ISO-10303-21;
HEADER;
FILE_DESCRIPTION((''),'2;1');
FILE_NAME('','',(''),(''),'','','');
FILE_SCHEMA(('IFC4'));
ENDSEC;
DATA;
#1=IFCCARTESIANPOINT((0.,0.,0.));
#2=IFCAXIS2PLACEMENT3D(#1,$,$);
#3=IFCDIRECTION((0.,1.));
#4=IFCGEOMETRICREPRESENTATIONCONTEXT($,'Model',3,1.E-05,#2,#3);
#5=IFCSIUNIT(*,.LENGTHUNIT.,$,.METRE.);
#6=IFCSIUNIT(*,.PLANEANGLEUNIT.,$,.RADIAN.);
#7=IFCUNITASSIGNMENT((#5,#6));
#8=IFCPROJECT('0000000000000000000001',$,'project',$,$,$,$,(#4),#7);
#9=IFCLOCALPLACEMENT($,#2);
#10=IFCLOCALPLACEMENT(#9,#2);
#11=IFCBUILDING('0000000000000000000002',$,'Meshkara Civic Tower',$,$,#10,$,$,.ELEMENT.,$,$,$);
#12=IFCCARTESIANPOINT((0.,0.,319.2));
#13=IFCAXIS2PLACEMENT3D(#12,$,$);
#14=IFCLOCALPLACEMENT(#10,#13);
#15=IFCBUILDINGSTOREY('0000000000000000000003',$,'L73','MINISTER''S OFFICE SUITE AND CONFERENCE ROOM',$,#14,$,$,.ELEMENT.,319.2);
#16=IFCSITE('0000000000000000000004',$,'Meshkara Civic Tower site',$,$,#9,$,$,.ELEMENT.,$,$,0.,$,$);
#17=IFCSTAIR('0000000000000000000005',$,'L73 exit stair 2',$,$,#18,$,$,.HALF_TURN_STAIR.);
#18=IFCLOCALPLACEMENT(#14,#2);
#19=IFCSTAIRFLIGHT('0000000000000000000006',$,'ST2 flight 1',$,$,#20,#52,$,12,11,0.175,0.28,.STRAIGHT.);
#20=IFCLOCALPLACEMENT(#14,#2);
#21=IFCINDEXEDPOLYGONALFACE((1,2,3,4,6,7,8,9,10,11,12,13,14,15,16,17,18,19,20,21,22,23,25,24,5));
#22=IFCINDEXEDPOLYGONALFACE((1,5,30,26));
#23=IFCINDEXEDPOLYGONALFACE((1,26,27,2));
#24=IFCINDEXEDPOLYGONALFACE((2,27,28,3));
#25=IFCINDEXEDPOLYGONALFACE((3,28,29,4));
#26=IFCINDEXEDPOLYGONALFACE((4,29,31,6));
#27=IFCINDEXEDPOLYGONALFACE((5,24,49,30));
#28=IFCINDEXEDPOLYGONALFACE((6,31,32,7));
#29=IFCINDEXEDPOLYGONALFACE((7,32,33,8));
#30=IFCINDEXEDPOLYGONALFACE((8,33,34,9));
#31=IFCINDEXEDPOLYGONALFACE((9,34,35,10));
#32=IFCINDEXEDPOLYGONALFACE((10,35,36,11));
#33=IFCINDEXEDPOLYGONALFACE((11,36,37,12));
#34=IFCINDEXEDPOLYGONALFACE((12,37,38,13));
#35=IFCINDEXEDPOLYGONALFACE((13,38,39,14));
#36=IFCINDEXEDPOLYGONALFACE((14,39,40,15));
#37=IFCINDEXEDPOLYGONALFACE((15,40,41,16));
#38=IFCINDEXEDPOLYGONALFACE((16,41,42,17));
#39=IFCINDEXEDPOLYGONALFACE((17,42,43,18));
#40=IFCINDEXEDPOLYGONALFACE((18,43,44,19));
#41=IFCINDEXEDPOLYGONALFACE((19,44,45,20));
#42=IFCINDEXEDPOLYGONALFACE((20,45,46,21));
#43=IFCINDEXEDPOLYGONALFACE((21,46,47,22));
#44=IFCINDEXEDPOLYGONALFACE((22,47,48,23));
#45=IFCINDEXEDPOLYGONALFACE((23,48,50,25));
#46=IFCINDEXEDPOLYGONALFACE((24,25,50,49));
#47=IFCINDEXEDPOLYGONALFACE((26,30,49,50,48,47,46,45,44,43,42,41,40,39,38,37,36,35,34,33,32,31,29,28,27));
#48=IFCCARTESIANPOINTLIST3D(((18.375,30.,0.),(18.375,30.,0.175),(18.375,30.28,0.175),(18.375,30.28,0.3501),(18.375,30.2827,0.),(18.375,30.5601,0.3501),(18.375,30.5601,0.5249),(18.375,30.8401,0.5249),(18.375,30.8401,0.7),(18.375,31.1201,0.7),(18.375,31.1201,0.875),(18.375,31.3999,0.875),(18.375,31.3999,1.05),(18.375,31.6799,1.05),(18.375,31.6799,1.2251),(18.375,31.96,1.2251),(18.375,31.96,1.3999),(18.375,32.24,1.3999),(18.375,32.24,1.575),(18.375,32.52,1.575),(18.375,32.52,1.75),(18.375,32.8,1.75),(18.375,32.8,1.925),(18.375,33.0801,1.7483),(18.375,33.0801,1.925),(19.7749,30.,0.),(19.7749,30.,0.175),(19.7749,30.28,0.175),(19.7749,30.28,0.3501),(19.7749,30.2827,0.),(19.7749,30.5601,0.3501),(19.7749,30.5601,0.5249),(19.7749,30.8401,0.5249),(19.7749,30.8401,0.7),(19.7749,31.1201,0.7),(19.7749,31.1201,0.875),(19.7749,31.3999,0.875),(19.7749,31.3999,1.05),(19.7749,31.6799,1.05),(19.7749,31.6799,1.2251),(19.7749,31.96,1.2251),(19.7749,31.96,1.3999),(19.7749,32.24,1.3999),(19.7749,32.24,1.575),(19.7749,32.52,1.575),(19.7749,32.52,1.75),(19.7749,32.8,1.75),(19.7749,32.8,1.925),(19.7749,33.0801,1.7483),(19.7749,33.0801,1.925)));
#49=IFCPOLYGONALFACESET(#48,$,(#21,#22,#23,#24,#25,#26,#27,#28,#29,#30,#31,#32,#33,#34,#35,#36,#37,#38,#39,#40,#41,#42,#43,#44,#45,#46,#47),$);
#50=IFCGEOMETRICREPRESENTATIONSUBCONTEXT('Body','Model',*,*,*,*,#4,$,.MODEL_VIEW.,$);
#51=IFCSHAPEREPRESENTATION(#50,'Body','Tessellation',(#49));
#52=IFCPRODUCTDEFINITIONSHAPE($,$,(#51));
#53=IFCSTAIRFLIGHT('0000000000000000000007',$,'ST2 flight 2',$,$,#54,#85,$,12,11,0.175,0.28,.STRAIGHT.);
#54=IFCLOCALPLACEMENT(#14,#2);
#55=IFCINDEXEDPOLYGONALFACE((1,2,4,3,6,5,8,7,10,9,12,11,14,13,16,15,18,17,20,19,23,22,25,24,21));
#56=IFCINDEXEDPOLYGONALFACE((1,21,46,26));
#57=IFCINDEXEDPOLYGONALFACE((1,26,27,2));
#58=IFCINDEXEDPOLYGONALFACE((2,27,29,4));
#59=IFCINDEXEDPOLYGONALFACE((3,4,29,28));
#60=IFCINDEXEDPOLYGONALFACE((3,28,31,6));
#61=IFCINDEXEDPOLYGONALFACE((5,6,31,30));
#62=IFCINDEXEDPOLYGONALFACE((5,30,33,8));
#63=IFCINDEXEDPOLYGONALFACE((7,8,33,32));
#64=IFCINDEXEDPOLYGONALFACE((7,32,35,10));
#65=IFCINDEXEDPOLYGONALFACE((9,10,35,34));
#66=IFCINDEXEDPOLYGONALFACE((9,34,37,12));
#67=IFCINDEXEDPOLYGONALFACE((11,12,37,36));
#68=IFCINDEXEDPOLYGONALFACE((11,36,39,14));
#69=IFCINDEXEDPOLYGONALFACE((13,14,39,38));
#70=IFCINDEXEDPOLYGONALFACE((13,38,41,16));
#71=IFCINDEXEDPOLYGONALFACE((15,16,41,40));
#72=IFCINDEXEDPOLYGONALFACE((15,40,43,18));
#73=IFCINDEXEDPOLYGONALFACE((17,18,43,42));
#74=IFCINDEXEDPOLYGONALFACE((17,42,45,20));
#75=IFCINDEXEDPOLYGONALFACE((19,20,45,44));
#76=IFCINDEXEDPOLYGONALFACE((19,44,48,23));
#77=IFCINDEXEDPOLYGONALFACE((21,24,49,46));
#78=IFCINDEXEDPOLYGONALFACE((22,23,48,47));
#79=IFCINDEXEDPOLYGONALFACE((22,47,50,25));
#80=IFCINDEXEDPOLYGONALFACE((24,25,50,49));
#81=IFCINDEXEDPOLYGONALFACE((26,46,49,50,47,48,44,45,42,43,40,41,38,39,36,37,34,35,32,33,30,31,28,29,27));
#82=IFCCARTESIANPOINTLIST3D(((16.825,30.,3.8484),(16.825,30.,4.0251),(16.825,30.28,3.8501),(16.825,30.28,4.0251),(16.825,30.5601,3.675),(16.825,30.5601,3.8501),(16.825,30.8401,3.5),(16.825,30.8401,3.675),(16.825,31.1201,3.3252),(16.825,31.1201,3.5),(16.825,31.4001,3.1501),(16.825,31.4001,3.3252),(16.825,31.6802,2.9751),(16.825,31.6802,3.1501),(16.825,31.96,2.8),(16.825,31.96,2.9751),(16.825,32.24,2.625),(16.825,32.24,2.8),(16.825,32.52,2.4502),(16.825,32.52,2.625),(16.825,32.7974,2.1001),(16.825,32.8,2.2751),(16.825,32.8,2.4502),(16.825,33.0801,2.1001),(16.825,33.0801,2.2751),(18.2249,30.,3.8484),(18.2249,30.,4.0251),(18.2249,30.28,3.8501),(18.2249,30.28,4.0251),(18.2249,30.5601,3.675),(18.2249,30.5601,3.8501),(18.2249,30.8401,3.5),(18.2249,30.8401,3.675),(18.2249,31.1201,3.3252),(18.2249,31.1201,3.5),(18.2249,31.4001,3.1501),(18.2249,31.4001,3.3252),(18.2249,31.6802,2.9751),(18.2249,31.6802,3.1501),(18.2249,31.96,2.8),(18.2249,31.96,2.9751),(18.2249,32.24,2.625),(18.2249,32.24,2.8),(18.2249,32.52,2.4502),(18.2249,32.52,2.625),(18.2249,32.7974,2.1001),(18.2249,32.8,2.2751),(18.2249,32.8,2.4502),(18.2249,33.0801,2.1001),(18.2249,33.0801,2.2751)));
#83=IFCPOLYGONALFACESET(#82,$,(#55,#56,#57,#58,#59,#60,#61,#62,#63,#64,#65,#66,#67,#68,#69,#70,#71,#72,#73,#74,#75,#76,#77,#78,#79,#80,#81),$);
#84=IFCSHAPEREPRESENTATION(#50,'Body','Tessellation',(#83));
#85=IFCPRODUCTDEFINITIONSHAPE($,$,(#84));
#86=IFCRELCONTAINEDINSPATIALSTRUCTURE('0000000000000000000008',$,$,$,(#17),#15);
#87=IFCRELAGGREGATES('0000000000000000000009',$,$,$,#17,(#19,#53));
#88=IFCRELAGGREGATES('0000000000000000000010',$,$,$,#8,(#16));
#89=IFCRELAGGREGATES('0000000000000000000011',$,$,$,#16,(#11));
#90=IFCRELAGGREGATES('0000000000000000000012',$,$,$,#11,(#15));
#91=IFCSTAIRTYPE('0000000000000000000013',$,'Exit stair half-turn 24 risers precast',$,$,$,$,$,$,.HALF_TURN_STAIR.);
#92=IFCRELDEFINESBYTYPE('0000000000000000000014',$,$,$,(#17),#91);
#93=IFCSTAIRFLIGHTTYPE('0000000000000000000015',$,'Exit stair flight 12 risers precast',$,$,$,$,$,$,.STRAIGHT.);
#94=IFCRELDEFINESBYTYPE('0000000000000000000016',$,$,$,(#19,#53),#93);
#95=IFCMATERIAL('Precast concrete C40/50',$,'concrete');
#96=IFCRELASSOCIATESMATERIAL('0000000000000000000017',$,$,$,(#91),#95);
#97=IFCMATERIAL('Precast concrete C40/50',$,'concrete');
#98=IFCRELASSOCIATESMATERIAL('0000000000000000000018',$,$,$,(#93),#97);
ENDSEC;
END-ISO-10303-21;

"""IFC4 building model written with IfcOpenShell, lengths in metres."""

from ifc_helpers import new_model, si_unit, direction, frame, origin, place, context, subcontext, project, spatial, polyline, outline, extrude, material, type_object, element, aggregate, save


model = new_model("IFC4")

# Units and contexts
model_context = context("Model", 3, precision=1e-05, world=origin(), true_north=direction((0.0, 1.0)))
body_context = subcontext(model_context, "Body", "Model", "MODEL_VIEW")
ifc_project = project(units=[si_unit("LENGTHUNIT", "METRE"), si_unit("PLANEANGLEUNIT", "RADIAN")], contexts=[model_context])

# Site, building, storey
site_placement = place(None, origin())
site = spatial("IfcSite", under=ifc_project, at=site_placement, Name="Meshkara Civic Tower site", CompositionType="ELEMENT", RefElevation=0.0)
building_placement = place(site_placement, origin())
building = spatial("IfcBuilding", under=site, at=building_placement, Name="Meshkara Civic Tower", CompositionType="ELEMENT")
storey_placement = place(building_placement, frame((0.0, 0.0, 319.2)))
storey = spatial("IfcBuildingStorey", under=building, at=storey_placement, Name="L73", Description="MINISTER'S OFFICE SUITE AND CONFERENCE ROOM", CompositionType="ELEMENT", Elevation=319.2)

# Stair, stair flights
ifc_material_1 = material(Name="Precast concrete C40/50", Category="concrete")
stair_type = type_object("IfcStairType", Name="Exit stair half-turn 24 risers precast", PredefinedType="HALF_TURN_STAIR", material=ifc_material_1)
stair_placement = place(storey_placement, origin())
stair = element("IfcStair", 1, at=stair_placement, inside=storey, type_object=stair_type, Name="L73 exit stair 2", PredefinedType="HALF_TURN_STAIR")
ifc_material_2 = material(Name="Precast concrete C40/50", Category="concrete")
stair_flight_type = type_object("IfcStairFlightType", Name="Exit stair flight 12 risers precast", PredefinedType="STRAIGHT", material=ifc_material_2)
stair_flight_1_placement = place(storey_placement, frame((19.075, 30.0, 0.0), z_axis=(0.0, 0.0, 1.0), x_axis=(0.0, 1.0, 0.0)))
stair_flight_1 = element("IfcStairFlight", 2, at=stair_flight_1_placement, type_object=stair_flight_type, Name="ST2 flight 1", NumberOfRisers=12, NumberOfTreads=11, PredefinedType="STRAIGHT", RiserHeight=0.175, TreadLength=0.28, context=body_context, shape_type="SweptSolid", body=[
    extrude(outline(polyline([(0.0, 0.0), (0.0, 0.175), (0.28, 0.175), (0.28, 0.3501), (0.5601, 0.3501), (0.5601, 0.5249), (0.8401, 0.5249), (0.8401, 0.7), (1.1201, 0.7), (1.1201, 0.875), (1.3999, 0.875), (1.3999, 1.05), (1.6799, 1.05), (1.6799, 1.2251), (1.96, 1.2251), (1.96, 1.3999), (2.24, 1.3999), (2.24, 1.575), (2.52, 1.575), (2.52, 1.75), (2.8, 1.75), (2.8, 1.925), (3.0801, 1.925), (3.0801, 2.1001), (3.0801, 1.7483), (0.2827, 0.0), (0.0, 0.0)])), frame((0.0, 0.7, 0.0), z_axis=(0.0, -1.0, 0.0), x_axis=(1.0, 0.0, 0.0)), (0.0, 0.0, 1.0), 1.3999),
])
stair_flight_2_placement = place(storey_placement, frame((17.5249, 33.0801, 2.1001), z_axis=(0.0, 0.0, 1.0), x_axis=(0.0, -1.0, 0.0)))
stair_flight_2 = element("IfcStairFlight", 3, at=stair_flight_2_placement, type_object=stair_flight_type, Name="ST2 flight 2", NumberOfRisers=12, NumberOfTreads=11, PredefinedType="STRAIGHT", RiserHeight=0.175, TreadLength=0.28, context=body_context, shape_type="SweptSolid", body=[
    extrude(outline(polyline([(0.0, 0.0), (0.0, 0.175), (0.28, 0.175), (0.28, 0.3501), (0.5601, 0.3501), (0.5601, 0.5249), (0.8401, 0.5249), (0.8401, 0.7), (1.1201, 0.7), (1.1201, 0.875), (1.3999, 0.875), (1.3999, 1.05), (1.6799, 1.05), (1.6799, 1.2251), (1.96, 1.2251), (1.96, 1.3999), (2.24, 1.3999), (2.24, 1.575), (2.52, 1.575), (2.52, 1.75), (2.8, 1.75), (2.8, 1.925), (3.0801, 1.925), (3.0801, 2.1001), (3.0801, 1.7483), (0.2827, 0.0), (0.0, 0.0)])), frame((0.0, 0.7, 0.0), z_axis=(0.0, -1.0, 0.0), x_axis=(1.0, 0.0, 0.0)), (0.0, 0.0, 1.0), 1.3999),
])
aggregate(stair, [stair_flight_1, stair_flight_2])

save(model, "model.ifc")
